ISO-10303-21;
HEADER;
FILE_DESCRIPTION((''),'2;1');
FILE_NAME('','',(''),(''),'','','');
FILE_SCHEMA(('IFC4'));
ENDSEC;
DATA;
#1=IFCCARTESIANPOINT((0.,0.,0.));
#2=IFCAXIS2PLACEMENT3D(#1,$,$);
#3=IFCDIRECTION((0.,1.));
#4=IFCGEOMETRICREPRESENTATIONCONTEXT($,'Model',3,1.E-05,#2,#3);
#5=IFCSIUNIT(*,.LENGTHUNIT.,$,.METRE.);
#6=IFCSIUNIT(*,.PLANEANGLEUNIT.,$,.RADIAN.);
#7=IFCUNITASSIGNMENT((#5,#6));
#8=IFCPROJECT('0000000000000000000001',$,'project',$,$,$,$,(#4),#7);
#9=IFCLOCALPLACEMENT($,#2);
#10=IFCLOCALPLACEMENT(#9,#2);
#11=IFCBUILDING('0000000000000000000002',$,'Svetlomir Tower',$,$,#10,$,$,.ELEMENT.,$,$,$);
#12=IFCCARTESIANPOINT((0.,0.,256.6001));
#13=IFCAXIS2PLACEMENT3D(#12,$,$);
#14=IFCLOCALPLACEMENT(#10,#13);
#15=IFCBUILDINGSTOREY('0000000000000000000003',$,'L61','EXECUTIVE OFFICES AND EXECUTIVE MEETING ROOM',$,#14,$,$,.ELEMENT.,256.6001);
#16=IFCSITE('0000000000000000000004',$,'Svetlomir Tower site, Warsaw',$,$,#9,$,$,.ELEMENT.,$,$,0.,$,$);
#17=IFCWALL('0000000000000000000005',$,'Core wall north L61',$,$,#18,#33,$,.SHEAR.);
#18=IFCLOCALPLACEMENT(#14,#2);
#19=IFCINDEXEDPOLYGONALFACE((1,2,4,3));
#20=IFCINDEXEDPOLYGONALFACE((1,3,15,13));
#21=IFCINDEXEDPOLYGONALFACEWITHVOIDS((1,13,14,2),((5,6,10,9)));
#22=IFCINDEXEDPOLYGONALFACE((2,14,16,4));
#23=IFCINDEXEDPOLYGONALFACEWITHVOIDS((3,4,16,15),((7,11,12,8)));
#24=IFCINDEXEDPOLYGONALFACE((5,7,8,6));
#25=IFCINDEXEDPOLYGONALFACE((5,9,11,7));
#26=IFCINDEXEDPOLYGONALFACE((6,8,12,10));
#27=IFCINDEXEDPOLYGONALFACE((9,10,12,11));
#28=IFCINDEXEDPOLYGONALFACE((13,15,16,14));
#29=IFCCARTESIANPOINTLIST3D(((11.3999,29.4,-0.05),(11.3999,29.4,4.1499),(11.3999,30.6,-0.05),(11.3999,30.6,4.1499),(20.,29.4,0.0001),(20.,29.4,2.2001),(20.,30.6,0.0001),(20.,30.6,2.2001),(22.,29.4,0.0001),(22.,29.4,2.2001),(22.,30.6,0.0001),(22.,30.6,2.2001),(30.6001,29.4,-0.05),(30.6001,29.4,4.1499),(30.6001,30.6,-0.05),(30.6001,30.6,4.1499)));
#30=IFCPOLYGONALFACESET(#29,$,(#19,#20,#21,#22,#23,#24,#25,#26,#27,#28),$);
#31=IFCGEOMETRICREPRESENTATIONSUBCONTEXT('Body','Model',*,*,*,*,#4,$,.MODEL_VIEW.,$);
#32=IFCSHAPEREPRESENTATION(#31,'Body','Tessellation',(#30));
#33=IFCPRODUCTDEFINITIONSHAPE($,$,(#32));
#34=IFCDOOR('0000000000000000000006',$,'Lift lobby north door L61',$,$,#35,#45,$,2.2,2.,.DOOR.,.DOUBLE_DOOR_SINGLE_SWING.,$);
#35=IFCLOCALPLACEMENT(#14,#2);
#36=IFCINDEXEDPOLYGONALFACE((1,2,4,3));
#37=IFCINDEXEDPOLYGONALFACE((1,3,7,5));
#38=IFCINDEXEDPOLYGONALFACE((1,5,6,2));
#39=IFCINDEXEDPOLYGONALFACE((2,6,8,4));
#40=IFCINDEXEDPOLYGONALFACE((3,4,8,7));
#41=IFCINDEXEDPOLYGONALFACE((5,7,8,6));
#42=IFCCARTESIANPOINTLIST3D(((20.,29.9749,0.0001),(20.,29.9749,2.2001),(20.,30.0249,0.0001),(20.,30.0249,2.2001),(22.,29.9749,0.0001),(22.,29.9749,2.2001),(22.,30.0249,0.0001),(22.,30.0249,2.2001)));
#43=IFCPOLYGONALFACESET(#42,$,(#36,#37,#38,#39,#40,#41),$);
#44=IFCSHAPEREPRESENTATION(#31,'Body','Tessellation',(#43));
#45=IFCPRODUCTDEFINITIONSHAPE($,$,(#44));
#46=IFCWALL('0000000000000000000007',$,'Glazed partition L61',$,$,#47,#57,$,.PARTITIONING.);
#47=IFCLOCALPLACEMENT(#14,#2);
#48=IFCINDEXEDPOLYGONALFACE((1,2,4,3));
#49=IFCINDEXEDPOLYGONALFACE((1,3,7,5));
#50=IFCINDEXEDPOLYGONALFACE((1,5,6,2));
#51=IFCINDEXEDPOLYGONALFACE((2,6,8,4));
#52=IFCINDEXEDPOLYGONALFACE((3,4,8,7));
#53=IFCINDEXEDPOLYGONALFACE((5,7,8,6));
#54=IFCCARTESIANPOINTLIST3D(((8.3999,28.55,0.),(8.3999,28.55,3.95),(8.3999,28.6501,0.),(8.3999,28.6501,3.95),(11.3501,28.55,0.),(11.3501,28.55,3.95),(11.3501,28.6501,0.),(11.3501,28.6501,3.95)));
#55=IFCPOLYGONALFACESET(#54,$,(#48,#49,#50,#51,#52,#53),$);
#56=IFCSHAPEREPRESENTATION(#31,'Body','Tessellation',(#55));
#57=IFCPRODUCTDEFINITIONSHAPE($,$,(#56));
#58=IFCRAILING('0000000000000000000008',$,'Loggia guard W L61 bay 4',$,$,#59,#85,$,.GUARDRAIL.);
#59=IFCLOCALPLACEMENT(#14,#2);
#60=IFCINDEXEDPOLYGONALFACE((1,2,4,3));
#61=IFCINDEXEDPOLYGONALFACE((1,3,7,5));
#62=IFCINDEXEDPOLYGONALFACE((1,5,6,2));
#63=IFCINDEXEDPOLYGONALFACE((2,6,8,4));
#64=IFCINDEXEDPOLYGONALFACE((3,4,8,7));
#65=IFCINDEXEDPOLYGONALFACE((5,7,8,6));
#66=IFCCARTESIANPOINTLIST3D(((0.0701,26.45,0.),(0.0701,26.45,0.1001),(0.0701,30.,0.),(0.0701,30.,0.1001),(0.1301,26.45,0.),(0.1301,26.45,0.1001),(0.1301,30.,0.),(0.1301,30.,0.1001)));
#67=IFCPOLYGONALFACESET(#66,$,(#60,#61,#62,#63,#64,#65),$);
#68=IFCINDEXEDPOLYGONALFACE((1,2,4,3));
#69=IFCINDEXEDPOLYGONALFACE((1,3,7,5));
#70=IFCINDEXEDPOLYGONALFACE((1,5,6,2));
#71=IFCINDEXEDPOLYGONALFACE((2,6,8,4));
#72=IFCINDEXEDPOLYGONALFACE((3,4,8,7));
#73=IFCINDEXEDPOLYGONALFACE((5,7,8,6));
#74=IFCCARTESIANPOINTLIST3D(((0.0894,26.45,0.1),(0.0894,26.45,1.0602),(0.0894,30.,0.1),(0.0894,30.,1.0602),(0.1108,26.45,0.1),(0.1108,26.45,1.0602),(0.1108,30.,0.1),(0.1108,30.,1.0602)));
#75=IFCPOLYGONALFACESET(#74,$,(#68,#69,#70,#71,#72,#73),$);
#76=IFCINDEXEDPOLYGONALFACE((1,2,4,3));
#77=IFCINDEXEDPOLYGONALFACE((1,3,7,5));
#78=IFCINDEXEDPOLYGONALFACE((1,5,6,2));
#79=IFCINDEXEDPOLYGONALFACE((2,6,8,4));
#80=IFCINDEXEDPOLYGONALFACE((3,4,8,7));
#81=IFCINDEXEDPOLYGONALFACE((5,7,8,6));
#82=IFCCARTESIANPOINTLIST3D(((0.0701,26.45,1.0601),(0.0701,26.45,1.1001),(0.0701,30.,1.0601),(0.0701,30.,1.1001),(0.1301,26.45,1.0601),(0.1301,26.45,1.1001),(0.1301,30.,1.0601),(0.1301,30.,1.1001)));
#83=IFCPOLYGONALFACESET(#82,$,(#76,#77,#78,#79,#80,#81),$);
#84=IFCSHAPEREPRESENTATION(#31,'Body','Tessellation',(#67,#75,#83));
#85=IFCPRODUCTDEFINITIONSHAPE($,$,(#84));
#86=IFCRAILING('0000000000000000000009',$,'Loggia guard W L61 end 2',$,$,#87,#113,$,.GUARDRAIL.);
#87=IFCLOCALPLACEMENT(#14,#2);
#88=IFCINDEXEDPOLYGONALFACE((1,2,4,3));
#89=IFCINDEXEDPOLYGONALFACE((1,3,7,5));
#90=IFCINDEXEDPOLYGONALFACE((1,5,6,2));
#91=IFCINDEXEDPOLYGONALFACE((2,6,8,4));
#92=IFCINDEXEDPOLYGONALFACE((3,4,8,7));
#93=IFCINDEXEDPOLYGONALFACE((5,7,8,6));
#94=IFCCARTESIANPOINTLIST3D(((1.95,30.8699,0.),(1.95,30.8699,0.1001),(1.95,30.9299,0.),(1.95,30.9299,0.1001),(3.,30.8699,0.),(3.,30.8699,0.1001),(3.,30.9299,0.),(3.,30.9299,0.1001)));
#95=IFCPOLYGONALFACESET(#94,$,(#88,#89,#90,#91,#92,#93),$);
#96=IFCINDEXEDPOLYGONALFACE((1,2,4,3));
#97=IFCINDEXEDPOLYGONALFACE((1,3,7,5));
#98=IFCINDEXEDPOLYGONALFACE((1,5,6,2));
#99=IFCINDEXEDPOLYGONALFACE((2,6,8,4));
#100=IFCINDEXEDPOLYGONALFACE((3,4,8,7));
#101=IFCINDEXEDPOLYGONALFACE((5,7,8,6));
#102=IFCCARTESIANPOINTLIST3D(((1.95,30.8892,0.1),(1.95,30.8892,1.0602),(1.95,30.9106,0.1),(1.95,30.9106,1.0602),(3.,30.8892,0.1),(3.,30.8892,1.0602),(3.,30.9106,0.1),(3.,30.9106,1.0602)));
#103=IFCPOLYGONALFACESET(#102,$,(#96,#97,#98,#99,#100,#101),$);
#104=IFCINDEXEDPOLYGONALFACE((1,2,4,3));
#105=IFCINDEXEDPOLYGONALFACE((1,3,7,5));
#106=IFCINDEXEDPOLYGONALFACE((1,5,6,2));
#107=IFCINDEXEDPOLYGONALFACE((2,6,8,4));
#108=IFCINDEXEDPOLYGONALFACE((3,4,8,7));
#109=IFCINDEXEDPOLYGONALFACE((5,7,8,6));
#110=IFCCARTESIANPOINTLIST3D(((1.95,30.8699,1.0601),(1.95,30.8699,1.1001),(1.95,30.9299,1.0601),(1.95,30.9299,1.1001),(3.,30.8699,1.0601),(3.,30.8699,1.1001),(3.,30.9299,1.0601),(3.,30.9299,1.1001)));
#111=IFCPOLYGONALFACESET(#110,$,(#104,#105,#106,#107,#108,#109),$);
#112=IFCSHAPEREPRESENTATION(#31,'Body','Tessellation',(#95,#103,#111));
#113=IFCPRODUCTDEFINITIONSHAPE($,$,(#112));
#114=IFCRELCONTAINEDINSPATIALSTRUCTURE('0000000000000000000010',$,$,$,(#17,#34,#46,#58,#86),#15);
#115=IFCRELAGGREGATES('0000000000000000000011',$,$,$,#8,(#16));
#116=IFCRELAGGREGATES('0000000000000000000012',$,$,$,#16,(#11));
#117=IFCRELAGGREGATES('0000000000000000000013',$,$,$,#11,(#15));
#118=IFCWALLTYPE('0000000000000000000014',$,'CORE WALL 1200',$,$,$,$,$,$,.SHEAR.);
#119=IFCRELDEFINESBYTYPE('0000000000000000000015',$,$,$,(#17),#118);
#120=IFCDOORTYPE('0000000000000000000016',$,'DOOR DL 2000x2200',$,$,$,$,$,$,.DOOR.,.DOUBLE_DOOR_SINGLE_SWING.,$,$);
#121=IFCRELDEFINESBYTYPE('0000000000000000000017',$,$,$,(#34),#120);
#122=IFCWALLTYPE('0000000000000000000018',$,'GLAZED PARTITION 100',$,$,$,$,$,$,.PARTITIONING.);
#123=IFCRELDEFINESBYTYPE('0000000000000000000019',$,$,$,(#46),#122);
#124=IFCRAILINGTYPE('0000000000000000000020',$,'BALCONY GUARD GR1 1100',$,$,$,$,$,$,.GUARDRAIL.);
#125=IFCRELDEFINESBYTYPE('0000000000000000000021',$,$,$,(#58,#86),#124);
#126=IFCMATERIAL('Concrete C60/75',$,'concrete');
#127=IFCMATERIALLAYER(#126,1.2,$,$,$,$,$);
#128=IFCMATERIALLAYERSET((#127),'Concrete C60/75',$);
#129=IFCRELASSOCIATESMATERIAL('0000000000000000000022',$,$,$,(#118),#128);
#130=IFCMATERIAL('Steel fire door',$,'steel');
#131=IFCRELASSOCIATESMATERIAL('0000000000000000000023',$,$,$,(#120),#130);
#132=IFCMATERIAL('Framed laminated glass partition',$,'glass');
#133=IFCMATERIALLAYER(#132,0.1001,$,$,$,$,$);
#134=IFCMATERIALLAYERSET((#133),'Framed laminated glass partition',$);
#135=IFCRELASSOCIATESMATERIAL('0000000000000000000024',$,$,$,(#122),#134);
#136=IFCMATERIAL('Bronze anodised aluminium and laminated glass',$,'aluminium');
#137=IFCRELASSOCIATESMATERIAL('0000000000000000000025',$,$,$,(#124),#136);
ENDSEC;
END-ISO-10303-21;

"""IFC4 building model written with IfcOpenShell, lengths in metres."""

from ifc_helpers import new_model, si_unit, direction, frame, frame_2d, origin, origin_2d, place, context, subcontext, project, spatial, rectangle, extrude, material, layer, layer_set, type_object, element, fill, save


model = new_model("IFC4")

# Units and contexts
model_context = context("Model", 3, precision=1e-05, world=origin(), true_north=direction((0.0, 1.0)))
body_context = subcontext(model_context, "Body", "Model", "MODEL_VIEW")
ifc_project = project(units=[si_unit("LENGTHUNIT", "METRE"), si_unit("PLANEANGLEUNIT", "RADIAN")], contexts=[model_context])

# Site, building, storey
site_placement = place(None, origin())
site = spatial("IfcSite", under=ifc_project, at=site_placement, Name="Svetlomir Tower site, Warsaw", CompositionType="ELEMENT", RefElevation=0.0)
building_placement = place(site_placement, origin())
building = spatial("IfcBuilding", under=site, at=building_placement, Name="Svetlomir Tower", CompositionType="ELEMENT")
storey_placement = place(building_placement, frame((0.0, 0.0, 256.6001)))
storey = spatial("IfcBuildingStorey", under=building, at=storey_placement, Name="L61", Description="EXECUTIVE OFFICES AND EXECUTIVE MEETING ROOM", CompositionType="ELEMENT", Elevation=256.6001)

# Wall, opening, door
ifc_material_1 = material(Name="Concrete C60/75", Category="concrete")
ifc_layer_1 = layer(ifc_material_1, 1.2)
ifc_layer_set_1 = layer_set([ifc_layer_1], Name="Concrete C60/75")
wall_type_1 = type_object("IfcWallType", Name="CORE WALL 1200", PredefinedType="SHEAR", material=ifc_layer_set_1)
wall_1_placement = place(storey_placement, frame((11.3999, 30.0, -0.05), z_axis=(0.0, 0.0, 1.0), x_axis=(1.0, 0.0, 0.0)))
wall_1 = element("IfcWall", 1, at=wall_1_placement, inside=storey, type_object=wall_type_1, Name="Core wall north L61", PredefinedType="SHEAR", context=body_context, shape_type="SweptSolid", body=[
    extrude(rectangle(XDim=19.2002, YDim=1.2, at=frame_2d((9.6001, 0.0))), origin(), (0.0, 0.0, 1.0), 4.2),
])
opening_placement = place(wall_1_placement, frame((8.6001, 0.0, 0.05)))
opening = element("IfcOpeningElement", 2, at=opening_placement, cuts=wall_1, PredefinedType="OPENING", context=body_context, shape_type="SweptSolid", body=[
    extrude(rectangle(XDim=2.0, YDim=2.2, at=frame_2d((1.0, 1.1001))), frame((0.0, 0.6099, 0.0), z_axis=(0.0, -1.0, 0.0), x_axis=(1.0, 0.0, 0.0)), (0.0, 0.0, 1.0), 1.22),
])
ifc_material_2 = material(Name="Steel fire door", Category="steel")
door_type = type_object("IfcDoorType", Name="DOOR DL 2000x2200", OperationType="DOUBLE_DOOR_SINGLE_SWING", PredefinedType="DOOR", material=ifc_material_2)
door_placement = place(opening_placement, origin())
door = element("IfcDoor", 3, at=door_placement, inside=storey, type_object=door_type, Name="Lift lobby north door L61", OperationType="DOUBLE_DOOR_SINGLE_SWING", OverallHeight=2.2, OverallWidth=2.0, PredefinedType="DOOR", context=body_context, shape_type="SweptSolid", body=[
    extrude(rectangle(XDim=2.0, YDim=2.2, at=frame_2d((1.0, 1.1001))), frame((0.0, 0.0249, 0.0), z_axis=(0.0, -1.0, 0.0), x_axis=(1.0, 0.0, 0.0)), (0.0, 0.0, 1.0), 0.05),
])
fill(opening, door)

# Wall
ifc_material_3 = material(Name="Framed laminated glass partition", Category="glass")
ifc_layer_2 = layer(ifc_material_3, 0.1001)
ifc_layer_set_2 = layer_set([ifc_layer_2], Name="Framed laminated glass partition")
wall_type_2 = type_object("IfcWallType", Name="GLAZED PARTITION 100", PredefinedType="PARTITIONING", material=ifc_layer_set_2)
wall_2_placement = place(storey_placement, frame((8.3999, 28.6001, 0.0), z_axis=(0.0, 0.0, 1.0), x_axis=(1.0, 0.0, 0.0)))
element("IfcWall", 4, at=wall_2_placement, inside=storey, type_object=wall_type_2, Name="Glazed partition L61", PredefinedType="PARTITIONING", context=body_context, shape_type="SweptSolid", body=[
    extrude(rectangle(XDim=2.9502, YDim=0.1001, at=frame_2d((1.4751, 0.0))), origin(), (0.0, 0.0, 1.0), 3.95),
])

# Railings
ifc_material_4 = material(Name="Bronze anodised aluminium and laminated glass", Category="aluminium")
railing_type = type_object("IfcRailingType", Name="BALCONY GUARD GR1 1100", PredefinedType="GUARDRAIL", material=ifc_material_4)
railing_1_placement = place(storey_placement, frame((0.1001, 26.45, 0.0)))
element("IfcRailing", 5, at=railing_1_placement, inside=storey, type_object=railing_type, Name="Loggia guard W L61 bay 4", PredefinedType="GUARDRAIL", context=body_context, shape_type="SweptSolid", body=[
    extrude(rectangle(XDim=0.0601, YDim=0.1001, at=origin_2d()), frame((0.0, 0.0, 0.05), z_axis=(0.0, 1.0, 0.0), x_axis=(-1.0, 0.0, 0.0)), (0.0, 0.0, 1.0), 3.55),
    extrude(rectangle(XDim=0.0215, YDim=0.9602, at=origin_2d()), frame((0.0, 0.0, 0.5801), z_axis=(0.0, 1.0, 0.0), x_axis=(-1.0, 0.0, 0.0)), (0.0, 0.0, 1.0), 3.55),
    extrude(rectangle(XDim=0.0601, YDim=0.04, at=origin_2d()), frame((0.0, 0.0, 1.0801), z_axis=(0.0, 1.0, 0.0), x_axis=(-1.0, 0.0, 0.0)), (0.0, 0.0, 1.0), 3.55),
])
railing_2_placement = place(storey_placement, frame((1.95, 30.8999, 0.0)))
element("IfcRailing", 6, at=railing_2_placement, inside=storey, type_object=railing_type, Name="Loggia guard W L61 end 2", PredefinedType="GUARDRAIL", context=body_context, shape_type="SweptSolid", body=[
    extrude(rectangle(XDim=0.0601, YDim=0.1001, at=origin_2d()), frame((0.0, 0.0, 0.05), z_axis=(1.0, 0.0, 0.0), x_axis=(0.0, 1.0, 0.0)), (0.0, 0.0, 1.0), 1.05),
    extrude(rectangle(XDim=0.0215, YDim=0.9602, at=origin_2d()), frame((0.0, 0.0, 0.5801), z_axis=(1.0, 0.0, 0.0), x_axis=(0.0, 1.0, 0.0)), (0.0, 0.0, 1.0), 1.05),
    extrude(rectangle(XDim=0.0601, YDim=0.04, at=origin_2d()), frame((0.0, 0.0, 1.0801), z_axis=(1.0, 0.0, 0.0), x_axis=(0.0, 1.0, 0.0)), (0.0, 0.0, 1.0), 1.05),
])

save(model, "model.ifc")
